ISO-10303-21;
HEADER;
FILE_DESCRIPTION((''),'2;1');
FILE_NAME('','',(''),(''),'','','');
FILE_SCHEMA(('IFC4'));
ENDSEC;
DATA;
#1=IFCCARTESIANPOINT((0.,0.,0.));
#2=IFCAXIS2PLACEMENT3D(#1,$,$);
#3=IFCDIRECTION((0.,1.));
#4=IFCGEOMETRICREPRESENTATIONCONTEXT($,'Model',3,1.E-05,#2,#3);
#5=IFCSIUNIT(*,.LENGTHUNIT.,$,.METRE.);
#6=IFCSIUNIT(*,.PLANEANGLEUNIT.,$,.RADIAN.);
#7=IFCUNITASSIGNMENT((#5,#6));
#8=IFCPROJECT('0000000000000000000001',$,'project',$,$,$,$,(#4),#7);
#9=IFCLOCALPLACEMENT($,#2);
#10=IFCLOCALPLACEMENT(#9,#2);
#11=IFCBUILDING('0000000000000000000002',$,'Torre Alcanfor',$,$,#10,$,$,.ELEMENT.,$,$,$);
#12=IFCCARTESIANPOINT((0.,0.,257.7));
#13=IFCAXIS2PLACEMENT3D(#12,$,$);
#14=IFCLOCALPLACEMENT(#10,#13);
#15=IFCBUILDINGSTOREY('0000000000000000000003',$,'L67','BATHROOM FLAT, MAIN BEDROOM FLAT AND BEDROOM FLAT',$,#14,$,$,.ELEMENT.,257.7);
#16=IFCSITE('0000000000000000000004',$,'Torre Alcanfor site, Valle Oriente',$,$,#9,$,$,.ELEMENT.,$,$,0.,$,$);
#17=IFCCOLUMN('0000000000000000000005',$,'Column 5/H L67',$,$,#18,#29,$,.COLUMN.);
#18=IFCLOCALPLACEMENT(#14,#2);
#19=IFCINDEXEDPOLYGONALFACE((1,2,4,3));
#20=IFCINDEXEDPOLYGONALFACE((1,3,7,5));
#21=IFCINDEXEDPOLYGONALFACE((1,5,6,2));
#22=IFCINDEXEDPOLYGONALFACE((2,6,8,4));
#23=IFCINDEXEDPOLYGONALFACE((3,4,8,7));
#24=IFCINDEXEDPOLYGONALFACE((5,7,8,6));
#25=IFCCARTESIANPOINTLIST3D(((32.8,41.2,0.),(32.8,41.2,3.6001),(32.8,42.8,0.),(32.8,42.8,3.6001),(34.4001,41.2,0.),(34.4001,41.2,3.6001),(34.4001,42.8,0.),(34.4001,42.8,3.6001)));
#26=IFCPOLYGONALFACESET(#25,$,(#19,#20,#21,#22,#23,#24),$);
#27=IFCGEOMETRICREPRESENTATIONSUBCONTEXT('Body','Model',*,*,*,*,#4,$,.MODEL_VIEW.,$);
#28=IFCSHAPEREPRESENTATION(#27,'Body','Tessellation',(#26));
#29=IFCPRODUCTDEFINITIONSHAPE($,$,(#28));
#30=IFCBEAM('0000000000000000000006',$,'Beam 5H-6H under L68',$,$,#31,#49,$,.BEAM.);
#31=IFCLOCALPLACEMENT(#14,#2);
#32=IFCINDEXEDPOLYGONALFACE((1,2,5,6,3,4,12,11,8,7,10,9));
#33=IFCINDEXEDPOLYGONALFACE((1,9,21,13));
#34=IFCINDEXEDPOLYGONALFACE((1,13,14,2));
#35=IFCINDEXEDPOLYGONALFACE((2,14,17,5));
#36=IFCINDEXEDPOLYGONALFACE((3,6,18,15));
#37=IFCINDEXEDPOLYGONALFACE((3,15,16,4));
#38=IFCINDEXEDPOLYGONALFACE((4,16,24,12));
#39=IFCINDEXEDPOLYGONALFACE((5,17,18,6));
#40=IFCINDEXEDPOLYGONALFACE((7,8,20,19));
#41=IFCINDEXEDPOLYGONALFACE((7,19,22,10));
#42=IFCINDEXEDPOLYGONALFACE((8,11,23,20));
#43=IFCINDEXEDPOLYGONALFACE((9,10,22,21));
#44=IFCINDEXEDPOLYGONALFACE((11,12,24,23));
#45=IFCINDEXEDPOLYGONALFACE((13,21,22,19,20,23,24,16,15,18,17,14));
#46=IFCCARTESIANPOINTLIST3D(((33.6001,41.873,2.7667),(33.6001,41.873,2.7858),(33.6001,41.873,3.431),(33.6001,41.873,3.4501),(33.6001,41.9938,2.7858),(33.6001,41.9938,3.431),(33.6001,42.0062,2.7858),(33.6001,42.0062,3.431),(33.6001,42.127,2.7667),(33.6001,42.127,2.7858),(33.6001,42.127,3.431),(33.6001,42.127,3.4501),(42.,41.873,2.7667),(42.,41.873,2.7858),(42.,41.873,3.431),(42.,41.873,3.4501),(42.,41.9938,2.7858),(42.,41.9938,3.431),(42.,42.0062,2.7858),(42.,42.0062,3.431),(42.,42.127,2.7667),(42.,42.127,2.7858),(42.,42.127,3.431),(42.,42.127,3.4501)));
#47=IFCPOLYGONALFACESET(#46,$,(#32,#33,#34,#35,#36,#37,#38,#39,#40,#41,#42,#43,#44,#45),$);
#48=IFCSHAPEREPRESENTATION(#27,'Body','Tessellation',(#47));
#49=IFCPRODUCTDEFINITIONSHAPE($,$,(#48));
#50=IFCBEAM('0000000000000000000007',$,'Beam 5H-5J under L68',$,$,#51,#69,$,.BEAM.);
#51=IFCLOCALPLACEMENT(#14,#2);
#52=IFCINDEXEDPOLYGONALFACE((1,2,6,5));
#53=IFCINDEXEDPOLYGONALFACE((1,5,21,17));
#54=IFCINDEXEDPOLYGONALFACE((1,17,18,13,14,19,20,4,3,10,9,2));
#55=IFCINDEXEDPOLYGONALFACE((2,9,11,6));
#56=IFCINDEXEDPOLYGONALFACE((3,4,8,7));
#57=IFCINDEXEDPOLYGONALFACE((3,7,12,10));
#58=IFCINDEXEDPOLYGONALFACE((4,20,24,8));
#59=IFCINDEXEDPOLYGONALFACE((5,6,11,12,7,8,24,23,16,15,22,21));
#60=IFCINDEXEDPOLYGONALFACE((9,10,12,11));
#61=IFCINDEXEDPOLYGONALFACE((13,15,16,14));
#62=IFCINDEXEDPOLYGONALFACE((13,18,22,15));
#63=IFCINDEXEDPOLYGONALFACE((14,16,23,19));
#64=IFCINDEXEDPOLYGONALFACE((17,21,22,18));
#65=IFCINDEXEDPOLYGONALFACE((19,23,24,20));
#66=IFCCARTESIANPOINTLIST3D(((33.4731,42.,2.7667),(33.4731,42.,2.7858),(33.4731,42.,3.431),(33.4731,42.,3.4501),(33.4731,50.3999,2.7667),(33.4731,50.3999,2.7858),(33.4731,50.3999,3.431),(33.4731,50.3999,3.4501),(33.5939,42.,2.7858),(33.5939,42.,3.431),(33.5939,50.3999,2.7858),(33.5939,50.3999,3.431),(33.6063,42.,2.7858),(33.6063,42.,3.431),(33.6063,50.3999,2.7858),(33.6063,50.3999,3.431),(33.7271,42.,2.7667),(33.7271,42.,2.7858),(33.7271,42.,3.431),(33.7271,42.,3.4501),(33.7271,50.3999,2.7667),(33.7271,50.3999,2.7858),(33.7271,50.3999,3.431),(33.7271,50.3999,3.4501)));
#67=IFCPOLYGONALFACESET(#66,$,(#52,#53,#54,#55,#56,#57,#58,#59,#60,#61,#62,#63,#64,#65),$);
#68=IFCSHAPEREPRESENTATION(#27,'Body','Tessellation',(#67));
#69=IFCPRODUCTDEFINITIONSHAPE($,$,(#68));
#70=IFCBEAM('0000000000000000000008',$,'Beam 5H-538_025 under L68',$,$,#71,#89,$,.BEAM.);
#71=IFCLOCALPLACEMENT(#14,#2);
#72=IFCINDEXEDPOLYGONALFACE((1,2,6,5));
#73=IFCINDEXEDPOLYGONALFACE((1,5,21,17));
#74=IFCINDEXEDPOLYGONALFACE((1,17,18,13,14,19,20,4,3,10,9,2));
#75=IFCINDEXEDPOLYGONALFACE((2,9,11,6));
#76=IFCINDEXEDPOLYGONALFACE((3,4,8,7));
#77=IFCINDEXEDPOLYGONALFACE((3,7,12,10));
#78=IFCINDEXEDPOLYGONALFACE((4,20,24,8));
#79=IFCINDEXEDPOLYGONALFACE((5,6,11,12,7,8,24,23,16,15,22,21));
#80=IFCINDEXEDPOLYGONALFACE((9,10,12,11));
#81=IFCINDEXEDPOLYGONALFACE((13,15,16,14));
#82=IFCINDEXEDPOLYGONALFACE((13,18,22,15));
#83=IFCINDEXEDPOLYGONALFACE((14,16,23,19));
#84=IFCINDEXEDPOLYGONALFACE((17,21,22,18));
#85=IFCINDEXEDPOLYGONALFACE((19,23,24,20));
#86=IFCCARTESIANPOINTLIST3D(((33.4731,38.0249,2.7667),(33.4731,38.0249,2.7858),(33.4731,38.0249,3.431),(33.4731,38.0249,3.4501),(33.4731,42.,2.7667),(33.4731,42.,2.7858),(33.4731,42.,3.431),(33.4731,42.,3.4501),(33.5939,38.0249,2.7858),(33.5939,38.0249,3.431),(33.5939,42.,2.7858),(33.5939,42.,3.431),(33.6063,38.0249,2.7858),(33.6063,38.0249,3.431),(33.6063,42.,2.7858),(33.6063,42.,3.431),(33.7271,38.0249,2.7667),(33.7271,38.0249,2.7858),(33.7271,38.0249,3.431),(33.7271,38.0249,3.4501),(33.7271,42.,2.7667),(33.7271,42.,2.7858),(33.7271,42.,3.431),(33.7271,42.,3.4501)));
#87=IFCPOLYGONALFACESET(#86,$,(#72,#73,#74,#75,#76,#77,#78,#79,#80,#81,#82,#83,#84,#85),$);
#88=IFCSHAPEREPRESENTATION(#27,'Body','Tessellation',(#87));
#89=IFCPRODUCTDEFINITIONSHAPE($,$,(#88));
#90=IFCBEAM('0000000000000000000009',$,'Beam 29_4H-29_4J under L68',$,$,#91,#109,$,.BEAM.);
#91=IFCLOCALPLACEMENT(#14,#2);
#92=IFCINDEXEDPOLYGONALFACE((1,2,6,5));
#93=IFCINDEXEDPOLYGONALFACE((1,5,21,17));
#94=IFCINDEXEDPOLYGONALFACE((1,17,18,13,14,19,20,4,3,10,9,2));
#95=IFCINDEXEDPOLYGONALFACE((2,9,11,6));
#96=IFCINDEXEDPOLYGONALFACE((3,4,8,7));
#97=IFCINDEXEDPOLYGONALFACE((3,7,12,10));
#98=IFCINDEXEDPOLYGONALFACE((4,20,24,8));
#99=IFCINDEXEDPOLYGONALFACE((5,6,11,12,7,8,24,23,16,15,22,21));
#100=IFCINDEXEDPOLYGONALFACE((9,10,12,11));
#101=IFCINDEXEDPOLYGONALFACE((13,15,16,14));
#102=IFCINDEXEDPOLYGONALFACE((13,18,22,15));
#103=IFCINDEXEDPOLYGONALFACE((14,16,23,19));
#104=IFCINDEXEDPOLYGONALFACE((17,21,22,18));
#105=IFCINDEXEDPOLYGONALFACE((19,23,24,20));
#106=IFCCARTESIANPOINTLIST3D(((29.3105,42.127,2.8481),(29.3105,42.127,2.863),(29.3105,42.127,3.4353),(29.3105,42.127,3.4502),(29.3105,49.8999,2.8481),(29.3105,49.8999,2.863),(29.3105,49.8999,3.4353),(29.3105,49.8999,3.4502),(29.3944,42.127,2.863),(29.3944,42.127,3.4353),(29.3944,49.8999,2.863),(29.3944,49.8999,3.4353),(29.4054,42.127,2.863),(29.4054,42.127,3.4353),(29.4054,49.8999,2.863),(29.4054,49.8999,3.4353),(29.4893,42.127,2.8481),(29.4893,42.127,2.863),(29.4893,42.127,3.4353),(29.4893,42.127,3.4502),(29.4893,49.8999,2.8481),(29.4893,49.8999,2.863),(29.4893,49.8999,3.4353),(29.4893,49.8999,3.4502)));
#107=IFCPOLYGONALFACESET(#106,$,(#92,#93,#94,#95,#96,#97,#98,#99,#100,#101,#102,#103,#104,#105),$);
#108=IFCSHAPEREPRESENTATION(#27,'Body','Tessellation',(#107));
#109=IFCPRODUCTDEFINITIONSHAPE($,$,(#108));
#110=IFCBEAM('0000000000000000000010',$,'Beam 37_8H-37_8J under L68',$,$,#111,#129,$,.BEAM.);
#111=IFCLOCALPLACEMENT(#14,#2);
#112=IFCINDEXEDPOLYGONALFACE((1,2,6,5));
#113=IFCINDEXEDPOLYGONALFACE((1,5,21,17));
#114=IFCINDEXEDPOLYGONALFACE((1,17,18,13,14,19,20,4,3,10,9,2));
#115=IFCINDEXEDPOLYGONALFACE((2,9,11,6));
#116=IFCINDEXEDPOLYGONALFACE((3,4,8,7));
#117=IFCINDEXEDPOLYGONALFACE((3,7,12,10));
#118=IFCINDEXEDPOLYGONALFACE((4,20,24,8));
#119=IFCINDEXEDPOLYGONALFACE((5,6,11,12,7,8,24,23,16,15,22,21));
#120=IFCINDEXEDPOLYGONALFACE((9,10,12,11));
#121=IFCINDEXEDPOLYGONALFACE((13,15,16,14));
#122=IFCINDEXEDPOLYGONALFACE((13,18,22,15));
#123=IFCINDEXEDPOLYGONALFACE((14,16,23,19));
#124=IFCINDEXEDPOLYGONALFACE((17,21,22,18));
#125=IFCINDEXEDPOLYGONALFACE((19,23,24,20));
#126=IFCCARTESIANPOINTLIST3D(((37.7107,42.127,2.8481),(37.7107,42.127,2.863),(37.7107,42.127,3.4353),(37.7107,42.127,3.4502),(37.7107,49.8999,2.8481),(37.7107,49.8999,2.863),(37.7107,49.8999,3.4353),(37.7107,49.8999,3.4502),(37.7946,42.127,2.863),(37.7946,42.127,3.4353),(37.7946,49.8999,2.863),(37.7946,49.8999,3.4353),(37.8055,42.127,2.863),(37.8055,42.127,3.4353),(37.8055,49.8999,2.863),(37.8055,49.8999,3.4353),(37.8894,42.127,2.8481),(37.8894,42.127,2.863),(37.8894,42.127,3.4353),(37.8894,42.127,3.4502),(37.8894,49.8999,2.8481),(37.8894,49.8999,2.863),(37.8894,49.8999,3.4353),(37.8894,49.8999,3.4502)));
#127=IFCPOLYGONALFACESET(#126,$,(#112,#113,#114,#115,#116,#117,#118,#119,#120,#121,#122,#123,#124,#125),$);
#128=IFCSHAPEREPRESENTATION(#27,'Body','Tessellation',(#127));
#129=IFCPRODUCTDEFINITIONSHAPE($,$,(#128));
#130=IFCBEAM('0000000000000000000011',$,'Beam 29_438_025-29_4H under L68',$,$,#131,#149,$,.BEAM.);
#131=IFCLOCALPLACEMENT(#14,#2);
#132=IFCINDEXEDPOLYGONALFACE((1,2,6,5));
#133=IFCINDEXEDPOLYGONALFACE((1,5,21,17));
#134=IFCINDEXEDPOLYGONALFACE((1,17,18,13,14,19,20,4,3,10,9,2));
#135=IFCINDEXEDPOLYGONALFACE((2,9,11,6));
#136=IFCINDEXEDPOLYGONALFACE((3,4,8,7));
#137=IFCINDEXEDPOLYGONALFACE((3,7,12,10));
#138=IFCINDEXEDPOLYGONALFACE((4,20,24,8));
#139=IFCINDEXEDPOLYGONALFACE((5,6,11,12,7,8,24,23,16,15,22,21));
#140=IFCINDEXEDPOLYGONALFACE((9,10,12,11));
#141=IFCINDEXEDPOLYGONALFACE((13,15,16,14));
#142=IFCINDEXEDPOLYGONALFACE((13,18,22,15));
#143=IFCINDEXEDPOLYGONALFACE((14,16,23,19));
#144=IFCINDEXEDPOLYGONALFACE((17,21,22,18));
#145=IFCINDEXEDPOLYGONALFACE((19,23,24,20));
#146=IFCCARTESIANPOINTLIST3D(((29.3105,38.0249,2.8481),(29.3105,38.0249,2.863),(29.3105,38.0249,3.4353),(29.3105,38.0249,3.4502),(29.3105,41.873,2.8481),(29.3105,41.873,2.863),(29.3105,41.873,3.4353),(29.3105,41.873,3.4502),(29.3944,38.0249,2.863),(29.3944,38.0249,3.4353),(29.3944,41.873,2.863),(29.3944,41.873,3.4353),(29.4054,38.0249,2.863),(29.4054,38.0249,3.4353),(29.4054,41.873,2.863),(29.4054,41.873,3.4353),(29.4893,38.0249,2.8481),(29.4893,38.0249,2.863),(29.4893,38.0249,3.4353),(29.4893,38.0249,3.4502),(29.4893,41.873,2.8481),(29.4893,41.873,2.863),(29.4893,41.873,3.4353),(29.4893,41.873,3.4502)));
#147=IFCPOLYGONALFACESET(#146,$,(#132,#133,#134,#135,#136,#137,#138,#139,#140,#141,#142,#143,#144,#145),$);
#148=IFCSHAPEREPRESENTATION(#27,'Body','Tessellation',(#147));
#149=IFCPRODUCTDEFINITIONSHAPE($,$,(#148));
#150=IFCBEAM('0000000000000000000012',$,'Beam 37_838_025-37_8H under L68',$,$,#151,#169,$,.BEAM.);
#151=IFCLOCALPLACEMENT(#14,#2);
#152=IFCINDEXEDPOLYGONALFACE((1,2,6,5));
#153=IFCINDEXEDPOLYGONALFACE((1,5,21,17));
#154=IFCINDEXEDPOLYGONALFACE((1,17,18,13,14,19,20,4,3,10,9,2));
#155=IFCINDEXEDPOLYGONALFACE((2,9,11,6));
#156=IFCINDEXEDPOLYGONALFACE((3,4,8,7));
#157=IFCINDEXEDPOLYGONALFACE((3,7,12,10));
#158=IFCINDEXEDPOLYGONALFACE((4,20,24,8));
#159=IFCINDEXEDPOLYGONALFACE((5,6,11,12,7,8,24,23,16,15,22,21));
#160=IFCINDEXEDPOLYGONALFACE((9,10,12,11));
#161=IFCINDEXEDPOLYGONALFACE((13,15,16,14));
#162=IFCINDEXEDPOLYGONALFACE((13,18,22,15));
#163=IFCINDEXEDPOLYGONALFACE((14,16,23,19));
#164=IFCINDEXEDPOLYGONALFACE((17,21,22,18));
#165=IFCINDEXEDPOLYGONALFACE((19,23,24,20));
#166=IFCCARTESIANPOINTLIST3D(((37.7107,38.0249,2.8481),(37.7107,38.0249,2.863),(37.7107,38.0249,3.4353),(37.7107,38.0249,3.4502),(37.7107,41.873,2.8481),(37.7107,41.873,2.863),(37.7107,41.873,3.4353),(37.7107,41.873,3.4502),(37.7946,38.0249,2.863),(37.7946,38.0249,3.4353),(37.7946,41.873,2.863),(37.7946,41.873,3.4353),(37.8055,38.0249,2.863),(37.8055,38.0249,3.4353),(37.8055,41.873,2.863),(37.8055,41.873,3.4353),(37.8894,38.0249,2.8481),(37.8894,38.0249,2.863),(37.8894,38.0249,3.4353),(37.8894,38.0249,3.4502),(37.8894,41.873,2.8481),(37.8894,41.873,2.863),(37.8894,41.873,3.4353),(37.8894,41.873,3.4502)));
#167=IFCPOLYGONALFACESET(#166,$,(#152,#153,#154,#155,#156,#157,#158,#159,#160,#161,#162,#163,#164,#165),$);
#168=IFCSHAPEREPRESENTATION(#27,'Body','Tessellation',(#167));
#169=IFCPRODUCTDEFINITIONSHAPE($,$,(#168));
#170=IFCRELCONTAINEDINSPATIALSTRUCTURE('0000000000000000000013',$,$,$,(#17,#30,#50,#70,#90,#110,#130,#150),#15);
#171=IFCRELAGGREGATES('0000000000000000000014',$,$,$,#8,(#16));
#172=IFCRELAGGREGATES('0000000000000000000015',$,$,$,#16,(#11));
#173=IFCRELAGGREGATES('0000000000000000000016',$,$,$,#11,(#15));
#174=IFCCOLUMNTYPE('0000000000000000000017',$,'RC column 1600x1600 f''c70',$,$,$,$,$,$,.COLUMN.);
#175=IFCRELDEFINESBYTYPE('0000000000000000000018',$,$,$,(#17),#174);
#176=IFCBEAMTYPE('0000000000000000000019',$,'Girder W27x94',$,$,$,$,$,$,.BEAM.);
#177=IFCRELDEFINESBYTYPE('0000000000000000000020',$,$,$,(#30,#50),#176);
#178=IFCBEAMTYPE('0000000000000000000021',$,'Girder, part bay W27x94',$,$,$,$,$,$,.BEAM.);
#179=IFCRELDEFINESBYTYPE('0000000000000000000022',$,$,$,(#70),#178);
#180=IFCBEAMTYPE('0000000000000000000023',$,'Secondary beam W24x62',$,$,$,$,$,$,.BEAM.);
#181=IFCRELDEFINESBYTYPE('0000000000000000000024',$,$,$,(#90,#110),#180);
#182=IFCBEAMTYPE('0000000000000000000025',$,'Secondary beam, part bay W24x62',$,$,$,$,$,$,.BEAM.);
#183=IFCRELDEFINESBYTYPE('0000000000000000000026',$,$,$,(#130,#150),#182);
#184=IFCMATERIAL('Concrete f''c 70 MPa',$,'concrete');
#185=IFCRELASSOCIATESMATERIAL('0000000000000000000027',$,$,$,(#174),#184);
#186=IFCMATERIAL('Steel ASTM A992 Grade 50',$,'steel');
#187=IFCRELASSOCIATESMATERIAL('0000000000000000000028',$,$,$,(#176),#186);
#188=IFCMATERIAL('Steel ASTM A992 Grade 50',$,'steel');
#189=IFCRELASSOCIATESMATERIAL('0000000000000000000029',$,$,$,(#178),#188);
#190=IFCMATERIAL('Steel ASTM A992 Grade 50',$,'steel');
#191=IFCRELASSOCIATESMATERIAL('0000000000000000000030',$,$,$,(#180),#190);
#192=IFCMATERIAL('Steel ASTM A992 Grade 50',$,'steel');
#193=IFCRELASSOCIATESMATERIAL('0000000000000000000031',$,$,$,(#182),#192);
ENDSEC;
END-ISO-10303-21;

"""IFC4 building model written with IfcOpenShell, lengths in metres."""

from ifc_helpers import new_model, si_unit, direction, frame, origin, origin_2d, place, context, subcontext, project, spatial, rectangle, i_section, extrude, material, material_profile, profile_set, type_object, element, save


model = new_model("IFC4")

# Units and contexts
model_context = context("Model", 3, precision=1e-05, world=origin(), true_north=direction((0.0, 1.0)))
body_context = subcontext(model_context, "Body", "Model", "MODEL_VIEW")
ifc_project = project(units=[si_unit("LENGTHUNIT", "METRE"), si_unit("PLANEANGLEUNIT", "RADIAN")], contexts=[model_context])

# Site, building, storey
site_placement = place(None, origin())
site = spatial("IfcSite", under=ifc_project, at=site_placement, Name="Torre Alcanfor site, Valle Oriente", CompositionType="ELEMENT", RefElevation=0.0)
building_placement = place(site_placement, origin())
building = spatial("IfcBuilding", under=site, at=building_placement, Name="Torre Alcanfor", CompositionType="ELEMENT")
storey_placement = place(building_placement, frame((0.0, 0.0, 257.7)))
storey = spatial("IfcBuildingStorey", under=building, at=storey_placement, Name="L67", Description="BATHROOM FLAT, MAIN BEDROOM FLAT AND BEDROOM FLAT", CompositionType="ELEMENT", Elevation=257.7)

# Column
ifc_material_1 = material(Name="Concrete f'c 70 MPa", Category="concrete")
ifc_material_profile_1 = material_profile(ifc_material_1, rectangle(XDim=1.6001, YDim=1.6001, at=origin_2d()), Name="1600x1600")
ifc_profile_set_1 = profile_set([ifc_material_profile_1], Name="Concrete f'c 70 MPa")
column_type = type_object("IfcColumnType", Name="RC column 1600x1600 f'c70", PredefinedType="COLUMN", material=ifc_profile_set_1)
column_placement = place(storey_placement, frame((33.6001, 42.0, 0.0), z_axis=(0.0, 0.0, 1.0), x_axis=(1.0, 0.0, 0.0)))
element("IfcColumn", 1, at=column_placement, inside=storey, type_object=column_type, Name="Column 5/H L67", PredefinedType="COLUMN", context=body_context, shape_type="SweptSolid", body=[
    extrude(rectangle(XDim=1.6001, YDim=1.6001, at=origin_2d()), origin(), (0.0, 0.0, 1.0), 3.6001),
])

# Beams
ifc_material_2 = material(Name="Steel ASTM A992 Grade 50", Category="steel")
ifc_material_profile_2 = material_profile(ifc_material_2, i_section(OverallWidth=0.2539, OverallDepth=0.6833, WebThickness=0.0125, FlangeThickness=0.019, at=origin_2d()), Name="W27x94")
ifc_profile_set_2 = profile_set([ifc_material_profile_2], Name="Steel ASTM A992 Grade 50")
beam_type_1 = type_object("IfcBeamType", Name="Girder W27x94", PredefinedType="BEAM", material=ifc_profile_set_2)
for number, where, z_axis, x_axis, name in (
    (2, (33.6001, 42.0, 3.1084), (1.0, 0.0, 0.0), (0.0, 1.0, 0.0), "Beam 5H-6H under L68"),
    (3, (33.6001, 42.0, 3.1084), (0.0, 1.0, 0.0), (-1.0, 0.0, 0.0), "Beam 5H-5J under L68"),
):
    element("IfcBeam", number, at=place(storey_placement, frame(where, z_axis=z_axis, x_axis=x_axis)), inside=storey, type_object=beam_type_1, Name=name, PredefinedType="BEAM", context=body_context, shape_type="SweptSolid", body=[
        extrude(i_section(OverallWidth=0.2539, OverallDepth=0.6833, WebThickness=0.0125, FlangeThickness=0.019, at=origin_2d()), origin(), (0.0, 0.0, 1.0), 8.3999),
    ])
ifc_material_3 = material(Name="Steel ASTM A992 Grade 50", Category="steel")
ifc_material_profile_3 = material_profile(ifc_material_3, i_section(OverallWidth=0.2539, OverallDepth=0.6833, WebThickness=0.0125, FlangeThickness=0.019, at=origin_2d()), Name="W27x94")
ifc_profile_set_3 = profile_set([ifc_material_profile_3], Name="Steel ASTM A992 Grade 50")
beam_type_2 = type_object("IfcBeamType", Name="Girder, part bay W27x94", PredefinedType="BEAM", material=ifc_profile_set_3)
beam_1_placement = place(storey_placement, frame((33.6001, 42.0, 3.1084), z_axis=(0.0, -1.0, 0.0), x_axis=(1.0, 0.0, 0.0)))
element("IfcBeam", 4, at=beam_1_placement, inside=storey, type_object=beam_type_2, Name="Beam 5H-538_025 under L68", PredefinedType="BEAM", context=body_context, shape_type="SweptSolid", body=[
    extrude(i_section(OverallWidth=0.2539, OverallDepth=0.6833, WebThickness=0.0125, FlangeThickness=0.019, at=origin_2d()), origin(), (0.0, 0.0, 1.0), 3.9751),
])
ifc_material_4 = material(Name="Steel ASTM A992 Grade 50", Category="steel")
ifc_material_profile_4 = material_profile(ifc_material_4, i_section(OverallWidth=0.1787, OverallDepth=0.6021, WebThickness=0.011, FlangeThickness=0.0149, at=origin_2d()), Name="W24x62")
ifc_profile_set_4 = profile_set([ifc_material_profile_4], Name="Steel ASTM A992 Grade 50")
beam_type_3 = type_object("IfcBeamType", Name="Secondary beam W24x62", PredefinedType="BEAM", material=ifc_profile_set_4)
for number, where, z_axis, x_axis, name in (
    (5, (29.3999, 42.127, 3.1492), (0.0, 1.0, 0.0), (-1.0, 0.0, 0.0), "Beam 29_4H-29_4J under L68"),
    (6, (37.8, 42.127, 3.1492), (0.0, 1.0, 0.0), (-1.0, 0.0, 0.0), "Beam 37_8H-37_8J under L68"),
):
    element("IfcBeam", number, at=place(storey_placement, frame(where, z_axis=z_axis, x_axis=x_axis)), inside=storey, type_object=beam_type_3, Name=name, PredefinedType="BEAM", context=body_context, shape_type="SweptSolid", body=[
        extrude(i_section(OverallWidth=0.1787, OverallDepth=0.6021, WebThickness=0.011, FlangeThickness=0.0149, at=origin_2d()), origin(), (0.0, 0.0, 1.0), 7.7729),
    ])
ifc_material_5 = material(Name="Steel ASTM A992 Grade 50", Category="steel")
ifc_material_profile_5 = material_profile(ifc_material_5, i_section(OverallWidth=0.1787, OverallDepth=0.6021, WebThickness=0.011, FlangeThickness=0.0149, at=origin_2d()), Name="W24x62")
ifc_profile_set_5 = profile_set([ifc_material_profile_5], Name="Steel ASTM A992 Grade 50")
beam_type_4 = type_object("IfcBeamType", Name="Secondary beam, part bay W24x62", PredefinedType="BEAM", material=ifc_profile_set_5)
for number, where, z_axis, x_axis, name in (
    (7, (29.3999, 38.0249, 3.1492), (0.0, 1.0, 0.0), (-1.0, 0.0, 0.0), "Beam 29_438_025-29_4H under L68"),
    (8, (37.8, 38.0249, 3.1492), (0.0, 1.0, 0.0), (-1.0, 0.0, 0.0), "Beam 37_838_025-37_8H under L68"),
):
    element("IfcBeam", number, at=place(storey_placement, frame(where, z_axis=z_axis, x_axis=x_axis)), inside=storey, type_object=beam_type_4, Name=name, PredefinedType="BEAM", context=body_context, shape_type="SweptSolid", body=[
        extrude(i_section(OverallWidth=0.1787, OverallDepth=0.6021, WebThickness=0.011, FlangeThickness=0.0149, at=origin_2d()), origin(), (0.0, 0.0, 1.0), 3.8481),
    ])

save(model, "model.ifc")
